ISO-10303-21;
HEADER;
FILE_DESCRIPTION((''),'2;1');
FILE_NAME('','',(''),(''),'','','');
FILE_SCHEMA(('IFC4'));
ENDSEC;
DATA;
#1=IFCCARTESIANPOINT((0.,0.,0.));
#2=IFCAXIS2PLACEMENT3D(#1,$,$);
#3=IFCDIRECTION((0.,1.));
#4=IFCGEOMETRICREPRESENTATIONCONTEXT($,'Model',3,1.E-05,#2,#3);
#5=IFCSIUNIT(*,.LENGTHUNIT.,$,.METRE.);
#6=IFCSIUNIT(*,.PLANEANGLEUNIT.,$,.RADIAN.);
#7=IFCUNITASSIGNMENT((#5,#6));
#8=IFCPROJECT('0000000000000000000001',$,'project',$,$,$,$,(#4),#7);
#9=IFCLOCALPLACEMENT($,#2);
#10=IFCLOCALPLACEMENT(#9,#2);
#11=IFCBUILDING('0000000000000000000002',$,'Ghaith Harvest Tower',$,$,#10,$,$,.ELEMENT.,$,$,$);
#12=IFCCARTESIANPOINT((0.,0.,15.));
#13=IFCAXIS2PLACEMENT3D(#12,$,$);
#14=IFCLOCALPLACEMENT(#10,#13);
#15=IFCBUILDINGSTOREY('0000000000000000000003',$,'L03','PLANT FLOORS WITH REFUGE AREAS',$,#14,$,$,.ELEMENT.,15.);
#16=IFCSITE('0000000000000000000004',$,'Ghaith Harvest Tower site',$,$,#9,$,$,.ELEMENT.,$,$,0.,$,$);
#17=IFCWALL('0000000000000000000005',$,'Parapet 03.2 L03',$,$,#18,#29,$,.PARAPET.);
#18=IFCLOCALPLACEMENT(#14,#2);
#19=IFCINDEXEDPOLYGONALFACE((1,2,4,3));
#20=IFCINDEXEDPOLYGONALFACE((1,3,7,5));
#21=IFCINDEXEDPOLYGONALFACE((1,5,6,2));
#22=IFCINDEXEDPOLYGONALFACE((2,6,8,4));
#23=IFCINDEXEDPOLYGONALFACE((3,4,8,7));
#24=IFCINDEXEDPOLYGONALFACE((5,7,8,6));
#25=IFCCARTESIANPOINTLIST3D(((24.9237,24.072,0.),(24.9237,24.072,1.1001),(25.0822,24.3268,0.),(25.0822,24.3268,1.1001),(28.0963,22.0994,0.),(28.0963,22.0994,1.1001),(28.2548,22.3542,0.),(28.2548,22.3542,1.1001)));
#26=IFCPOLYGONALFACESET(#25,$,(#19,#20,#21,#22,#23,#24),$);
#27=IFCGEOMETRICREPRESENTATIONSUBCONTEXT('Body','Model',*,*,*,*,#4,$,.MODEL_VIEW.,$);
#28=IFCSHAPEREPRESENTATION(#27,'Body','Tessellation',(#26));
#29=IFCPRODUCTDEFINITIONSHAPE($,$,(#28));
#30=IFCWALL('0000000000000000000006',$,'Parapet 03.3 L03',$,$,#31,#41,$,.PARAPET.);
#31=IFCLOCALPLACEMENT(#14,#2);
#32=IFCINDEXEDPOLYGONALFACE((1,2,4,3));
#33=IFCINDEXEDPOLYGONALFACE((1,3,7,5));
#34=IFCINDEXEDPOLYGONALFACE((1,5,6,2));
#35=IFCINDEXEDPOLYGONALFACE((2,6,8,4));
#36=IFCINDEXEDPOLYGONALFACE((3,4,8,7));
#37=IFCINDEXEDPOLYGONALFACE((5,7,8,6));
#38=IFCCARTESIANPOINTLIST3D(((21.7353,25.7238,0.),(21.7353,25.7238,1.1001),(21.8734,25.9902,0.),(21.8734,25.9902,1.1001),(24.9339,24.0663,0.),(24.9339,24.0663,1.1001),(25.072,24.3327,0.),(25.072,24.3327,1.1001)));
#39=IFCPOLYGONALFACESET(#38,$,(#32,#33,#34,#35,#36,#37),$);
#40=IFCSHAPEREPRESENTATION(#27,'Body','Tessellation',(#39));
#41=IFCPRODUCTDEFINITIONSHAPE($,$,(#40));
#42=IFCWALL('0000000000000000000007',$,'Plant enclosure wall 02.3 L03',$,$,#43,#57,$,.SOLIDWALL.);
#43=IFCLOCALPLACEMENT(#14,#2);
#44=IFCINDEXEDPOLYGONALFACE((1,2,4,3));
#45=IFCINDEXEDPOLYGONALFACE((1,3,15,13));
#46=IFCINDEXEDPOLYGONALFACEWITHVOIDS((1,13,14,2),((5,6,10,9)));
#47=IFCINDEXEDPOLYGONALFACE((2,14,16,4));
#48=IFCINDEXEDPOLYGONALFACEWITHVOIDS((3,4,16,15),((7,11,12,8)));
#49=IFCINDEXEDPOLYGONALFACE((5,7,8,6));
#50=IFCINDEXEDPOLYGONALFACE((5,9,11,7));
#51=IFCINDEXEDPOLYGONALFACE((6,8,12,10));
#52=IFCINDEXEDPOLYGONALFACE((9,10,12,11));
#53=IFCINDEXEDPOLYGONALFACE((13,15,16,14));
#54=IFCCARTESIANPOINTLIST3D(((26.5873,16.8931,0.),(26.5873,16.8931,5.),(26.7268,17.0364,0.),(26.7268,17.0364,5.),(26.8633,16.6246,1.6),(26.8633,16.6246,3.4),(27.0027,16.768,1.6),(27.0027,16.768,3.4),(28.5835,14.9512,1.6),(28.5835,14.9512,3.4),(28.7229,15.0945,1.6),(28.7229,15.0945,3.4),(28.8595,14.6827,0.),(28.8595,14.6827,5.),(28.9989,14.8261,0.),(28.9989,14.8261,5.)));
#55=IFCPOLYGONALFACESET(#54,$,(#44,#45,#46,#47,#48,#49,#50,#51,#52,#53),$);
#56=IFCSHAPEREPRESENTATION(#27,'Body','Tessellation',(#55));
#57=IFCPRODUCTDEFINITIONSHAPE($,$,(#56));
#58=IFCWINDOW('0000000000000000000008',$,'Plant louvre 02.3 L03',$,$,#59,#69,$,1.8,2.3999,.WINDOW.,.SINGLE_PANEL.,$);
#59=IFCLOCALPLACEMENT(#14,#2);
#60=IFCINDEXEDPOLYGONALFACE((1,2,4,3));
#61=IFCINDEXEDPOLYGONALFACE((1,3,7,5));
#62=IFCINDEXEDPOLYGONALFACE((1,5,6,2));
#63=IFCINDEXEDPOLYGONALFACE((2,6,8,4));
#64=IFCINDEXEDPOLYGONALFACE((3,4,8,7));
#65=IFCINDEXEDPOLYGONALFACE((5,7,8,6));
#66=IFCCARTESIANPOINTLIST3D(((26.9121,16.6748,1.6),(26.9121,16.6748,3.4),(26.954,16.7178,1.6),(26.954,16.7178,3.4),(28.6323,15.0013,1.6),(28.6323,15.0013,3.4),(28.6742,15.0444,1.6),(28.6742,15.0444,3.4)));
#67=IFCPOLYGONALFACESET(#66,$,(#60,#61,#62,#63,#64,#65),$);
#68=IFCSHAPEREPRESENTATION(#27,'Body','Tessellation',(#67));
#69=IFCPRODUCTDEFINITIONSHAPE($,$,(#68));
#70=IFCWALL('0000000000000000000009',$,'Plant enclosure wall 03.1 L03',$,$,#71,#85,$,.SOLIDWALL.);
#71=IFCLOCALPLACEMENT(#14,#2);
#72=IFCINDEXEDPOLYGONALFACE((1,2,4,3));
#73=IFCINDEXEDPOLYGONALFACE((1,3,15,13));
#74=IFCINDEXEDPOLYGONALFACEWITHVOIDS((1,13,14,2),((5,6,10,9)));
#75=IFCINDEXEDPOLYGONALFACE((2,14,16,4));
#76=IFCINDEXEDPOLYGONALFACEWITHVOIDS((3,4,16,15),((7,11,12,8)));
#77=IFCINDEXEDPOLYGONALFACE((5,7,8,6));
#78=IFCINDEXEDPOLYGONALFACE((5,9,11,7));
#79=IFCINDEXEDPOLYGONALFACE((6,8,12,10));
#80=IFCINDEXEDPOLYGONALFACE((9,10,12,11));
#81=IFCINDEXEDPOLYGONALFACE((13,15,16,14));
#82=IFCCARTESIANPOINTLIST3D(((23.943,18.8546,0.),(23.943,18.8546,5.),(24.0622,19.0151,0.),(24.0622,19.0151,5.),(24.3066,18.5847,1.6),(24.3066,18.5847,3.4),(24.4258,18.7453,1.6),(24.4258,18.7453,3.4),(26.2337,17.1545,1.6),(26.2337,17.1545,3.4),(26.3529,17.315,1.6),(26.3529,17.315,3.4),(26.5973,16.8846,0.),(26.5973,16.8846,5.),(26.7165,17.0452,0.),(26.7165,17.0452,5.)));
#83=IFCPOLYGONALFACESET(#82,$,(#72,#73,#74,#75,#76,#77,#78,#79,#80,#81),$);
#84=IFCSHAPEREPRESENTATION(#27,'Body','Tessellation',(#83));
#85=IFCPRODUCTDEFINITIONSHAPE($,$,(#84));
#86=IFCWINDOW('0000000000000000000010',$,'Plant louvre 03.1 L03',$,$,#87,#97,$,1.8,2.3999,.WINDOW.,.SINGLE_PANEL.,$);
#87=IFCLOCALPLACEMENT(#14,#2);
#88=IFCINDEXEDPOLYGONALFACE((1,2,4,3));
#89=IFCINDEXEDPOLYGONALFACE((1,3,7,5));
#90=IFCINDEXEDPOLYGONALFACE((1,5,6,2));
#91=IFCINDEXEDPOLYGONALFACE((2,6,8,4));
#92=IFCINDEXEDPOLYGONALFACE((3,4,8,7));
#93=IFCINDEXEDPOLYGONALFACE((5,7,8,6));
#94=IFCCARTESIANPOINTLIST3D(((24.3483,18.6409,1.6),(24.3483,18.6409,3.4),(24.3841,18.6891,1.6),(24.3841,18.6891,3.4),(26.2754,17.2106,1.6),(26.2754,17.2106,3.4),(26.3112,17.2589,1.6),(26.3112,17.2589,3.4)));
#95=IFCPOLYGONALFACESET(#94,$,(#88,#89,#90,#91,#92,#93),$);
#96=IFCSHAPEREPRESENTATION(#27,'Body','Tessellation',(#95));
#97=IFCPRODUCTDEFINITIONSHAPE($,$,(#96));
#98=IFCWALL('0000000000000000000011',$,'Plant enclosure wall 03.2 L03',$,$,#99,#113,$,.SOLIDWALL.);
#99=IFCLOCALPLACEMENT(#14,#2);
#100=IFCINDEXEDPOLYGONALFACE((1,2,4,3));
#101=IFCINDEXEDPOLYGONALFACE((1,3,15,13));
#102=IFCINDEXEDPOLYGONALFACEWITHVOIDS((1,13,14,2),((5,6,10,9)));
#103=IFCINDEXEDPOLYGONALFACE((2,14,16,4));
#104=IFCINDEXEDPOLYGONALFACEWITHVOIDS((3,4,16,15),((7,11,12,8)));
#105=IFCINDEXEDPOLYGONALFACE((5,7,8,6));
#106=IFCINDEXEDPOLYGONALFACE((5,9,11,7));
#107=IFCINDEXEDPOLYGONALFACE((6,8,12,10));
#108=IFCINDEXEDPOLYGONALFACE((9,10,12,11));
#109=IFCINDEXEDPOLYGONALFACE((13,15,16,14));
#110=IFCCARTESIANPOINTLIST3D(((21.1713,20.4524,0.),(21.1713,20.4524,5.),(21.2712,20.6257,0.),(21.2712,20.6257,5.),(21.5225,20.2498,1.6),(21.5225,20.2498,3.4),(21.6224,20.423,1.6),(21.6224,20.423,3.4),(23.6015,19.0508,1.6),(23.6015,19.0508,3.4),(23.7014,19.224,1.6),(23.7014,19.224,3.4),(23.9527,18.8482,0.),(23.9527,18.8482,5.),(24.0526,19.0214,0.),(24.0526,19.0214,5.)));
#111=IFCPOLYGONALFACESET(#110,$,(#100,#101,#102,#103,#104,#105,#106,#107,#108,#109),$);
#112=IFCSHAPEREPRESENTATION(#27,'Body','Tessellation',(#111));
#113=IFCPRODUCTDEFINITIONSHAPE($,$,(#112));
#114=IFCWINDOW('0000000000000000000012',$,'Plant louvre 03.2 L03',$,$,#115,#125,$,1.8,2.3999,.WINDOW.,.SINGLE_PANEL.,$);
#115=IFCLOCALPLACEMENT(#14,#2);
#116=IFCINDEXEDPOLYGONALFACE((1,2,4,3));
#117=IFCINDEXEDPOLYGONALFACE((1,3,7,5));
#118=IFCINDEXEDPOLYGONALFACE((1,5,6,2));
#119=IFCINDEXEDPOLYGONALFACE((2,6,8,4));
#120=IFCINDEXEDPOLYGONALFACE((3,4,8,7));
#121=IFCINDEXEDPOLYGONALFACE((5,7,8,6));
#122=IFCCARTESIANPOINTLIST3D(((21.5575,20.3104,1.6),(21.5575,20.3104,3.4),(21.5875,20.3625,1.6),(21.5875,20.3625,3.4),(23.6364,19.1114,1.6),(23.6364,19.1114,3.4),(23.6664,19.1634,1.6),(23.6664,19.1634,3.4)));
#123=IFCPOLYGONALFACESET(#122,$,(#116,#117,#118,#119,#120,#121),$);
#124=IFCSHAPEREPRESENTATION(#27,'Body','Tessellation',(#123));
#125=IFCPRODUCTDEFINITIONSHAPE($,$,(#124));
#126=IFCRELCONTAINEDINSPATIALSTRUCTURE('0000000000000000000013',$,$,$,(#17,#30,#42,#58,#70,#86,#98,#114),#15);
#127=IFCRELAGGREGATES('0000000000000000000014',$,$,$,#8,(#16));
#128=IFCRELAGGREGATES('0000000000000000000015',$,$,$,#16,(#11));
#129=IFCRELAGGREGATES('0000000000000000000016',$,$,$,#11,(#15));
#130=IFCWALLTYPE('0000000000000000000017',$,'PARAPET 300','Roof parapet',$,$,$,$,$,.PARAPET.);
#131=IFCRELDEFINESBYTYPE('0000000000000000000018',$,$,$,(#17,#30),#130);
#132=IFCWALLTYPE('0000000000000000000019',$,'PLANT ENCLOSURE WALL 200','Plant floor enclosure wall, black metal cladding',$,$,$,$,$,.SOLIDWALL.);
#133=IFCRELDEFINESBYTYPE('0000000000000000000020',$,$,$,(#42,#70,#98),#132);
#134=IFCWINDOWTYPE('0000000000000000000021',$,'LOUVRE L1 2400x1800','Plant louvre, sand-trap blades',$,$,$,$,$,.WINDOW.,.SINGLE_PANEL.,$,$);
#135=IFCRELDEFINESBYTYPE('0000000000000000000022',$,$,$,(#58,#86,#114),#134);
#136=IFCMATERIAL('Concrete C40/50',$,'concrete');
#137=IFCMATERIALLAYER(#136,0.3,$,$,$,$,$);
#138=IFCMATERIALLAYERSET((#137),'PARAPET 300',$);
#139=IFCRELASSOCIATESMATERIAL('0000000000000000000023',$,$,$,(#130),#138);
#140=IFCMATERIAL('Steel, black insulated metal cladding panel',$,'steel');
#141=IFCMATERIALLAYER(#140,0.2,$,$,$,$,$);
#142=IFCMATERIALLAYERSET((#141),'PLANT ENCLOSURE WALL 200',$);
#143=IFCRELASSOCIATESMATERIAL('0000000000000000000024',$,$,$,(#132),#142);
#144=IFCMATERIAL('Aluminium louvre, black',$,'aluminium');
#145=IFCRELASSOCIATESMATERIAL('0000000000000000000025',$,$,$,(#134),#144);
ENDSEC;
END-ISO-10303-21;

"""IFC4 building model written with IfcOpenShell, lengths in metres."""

from ifc_helpers import new_model, si_unit, direction, frame, frame_2d, origin, place, context, subcontext, project, spatial, rectangle, extrude, material, layer, layer_set, type_object, element, fill, save


model = new_model("IFC4")

# Units and contexts
model_context = context("Model", 3, precision=1e-05, world=origin(), true_north=direction((0.0, 1.0)))
body_context = subcontext(model_context, "Body", "Model", "MODEL_VIEW")
ifc_project = project(units=[si_unit("LENGTHUNIT", "METRE"), si_unit("PLANEANGLEUNIT", "RADIAN")], contexts=[model_context])

# Site, building, storey
site_placement = place(None, origin())
site = spatial("IfcSite", under=ifc_project, at=site_placement, Name="Ghaith Harvest Tower site", CompositionType="ELEMENT", RefElevation=0.0)
building_placement = place(site_placement, origin())
building = spatial("IfcBuilding", under=site, at=building_placement, Name="Ghaith Harvest Tower", CompositionType="ELEMENT")
storey_placement = place(building_placement, frame((0.0, 0.0, 15.0)))
storey = spatial("IfcBuildingStorey", under=building, at=storey_placement, Name="L03", Description="PLANT FLOORS WITH REFUGE AREAS", CompositionType="ELEMENT", Elevation=15.0)

# Walls
ifc_material_1 = material(Name="Concrete C40/50", Category="concrete")
ifc_layer_1 = layer(ifc_material_1, 0.3)
ifc_layer_set_1 = layer_set([ifc_layer_1], Name="PARAPET 300")
wall_type_1 = type_object("IfcWallType", Name="PARAPET 300", Description="Roof parapet", PredefinedType="PARAPET", material=ifc_layer_set_1)
wall_1_placement = place(storey_placement, frame((28.1755, 22.2268, 0.0), z_axis=(0.0, 0.0, 1.0), x_axis=(-0.849226, 0.52803, 0.0)))
element("IfcWall", 1, at=wall_1_placement, inside=storey, type_object=wall_type_1, Name="Parapet 03.2 L03", PredefinedType="PARAPET", context=body_context, shape_type="SweptSolid", body=[
    extrude(rectangle(XDim=3.7358, YDim=0.3, at=frame_2d((1.8679, 0.0))), origin(), (0.0, 0.0, 1.0), 1.1001),
])
wall_2_placement = place(storey_placement, frame((25.0029, 24.1995, 0.0), z_axis=(0.0, 0.0, 1.0), x_axis=(-0.887868, 0.460098, 0.0)))
element("IfcWall", 2, at=wall_2_placement, inside=storey, type_object=wall_type_1, Name="Parapet 03.3 L03", PredefinedType="PARAPET", context=body_context, shape_type="SweptSolid", body=[
    extrude(rectangle(XDim=3.6025, YDim=0.3, at=frame_2d((1.8013, 0.0))), origin(), (0.0, 0.0, 1.0), 1.1001),
])

# Walls, openings, windows
ifc_material_2 = material(Name="Steel, black insulated metal cladding panel", Category="steel")
ifc_layer_2 = layer(ifc_material_2, 0.2)
ifc_layer_set_2 = layer_set([ifc_layer_2], Name="PLANT ENCLOSURE WALL 200")
wall_type_2 = type_object("IfcWallType", Name="PLANT ENCLOSURE WALL 200", Description="Plant floor enclosure wall, black metal cladding", PredefinedType="SOLIDWALL", material=ifc_layer_set_2)
wall_3_placement = place(storey_placement, frame((28.9292, 14.7544, 0.0), z_axis=(0.0, 0.0, 1.0), x_axis=(-0.716782, 0.697297, 0.0)))
wall_3 = element("IfcWall", 3, at=wall_3_placement, inside=storey, type_object=wall_type_2, Name="Plant enclosure wall 02.3 L03", PredefinedType="SOLIDWALL", context=body_context, shape_type="SweptSolid", body=[
    extrude(rectangle(XDim=3.1699, YDim=0.2, at=frame_2d((1.585, 0.0))), origin(), (0.0, 0.0, 1.0), 5.0),
])
opening_1_placement = place(wall_3_placement, frame((0.385, 0.0, 1.6001)))
opening_1 = element("IfcOpeningElement", 4, at=opening_1_placement, cuts=wall_3, PredefinedType="OPENING", context=body_context, shape_type="SweptSolid", body=[
    extrude(rectangle(XDim=2.3999, YDim=1.8, at=frame_2d((1.2, 0.8999))), frame((0.0, 0.1099, 0.0), z_axis=(0.0, -1.0, 0.0), x_axis=(1.0, 0.0, 0.0)), (0.0, 0.0, 1.0), 0.22),
])
ifc_material_3 = material(Name="Aluminium louvre, black", Category="aluminium")
window_type = type_object("IfcWindowType", Name="LOUVRE L1 2400x1800", Description="Plant louvre, sand-trap blades", PartitioningType="SINGLE_PANEL", PredefinedType="WINDOW", material=ifc_material_3)
window_1_placement = place(opening_1_placement, origin())
window_1 = element("IfcWindow", 5, at=window_1_placement, inside=storey, type_object=window_type, Name="Plant louvre 02.3 L03", OverallHeight=1.8, OverallWidth=2.3999, PartitioningType="SINGLE_PANEL", PredefinedType="WINDOW", context=body_context, shape_type="SweptSolid", body=[
    extrude(rectangle(XDim=2.3999, YDim=1.8, at=frame_2d((1.2, 0.8999))), frame((0.0, 0.03, 0.0), z_axis=(0.0, -1.0, 0.0), x_axis=(1.0, 0.0, 0.0)), (0.0, 0.0, 1.0), 0.0601),
])
fill(opening_1, window_1)
wall_4_placement = place(storey_placement, frame((26.657, 16.9648, 0.0), z_axis=(0.0, 0.0, 1.0), x_axis=(-0.803003, 0.595974, 0.0)))
wall_4 = element("IfcWall", 6, at=wall_4_placement, inside=storey, type_object=wall_type_2, Name="Plant enclosure wall 03.1 L03", PredefinedType="SOLIDWALL", context=body_context, shape_type="SweptSolid", body=[
    extrude(rectangle(XDim=3.3054, YDim=0.2, at=frame_2d((1.6528, 0.0))), origin(), (0.0, 0.0, 1.0), 5.0),
])
opening_2_placement = place(wall_4_placement, frame((0.4529, 0.0, 1.6001)))
opening_2 = element("IfcOpeningElement", 7, at=opening_2_placement, cuts=wall_4, PredefinedType="OPENING", context=body_context, shape_type="SweptSolid", body=[
    extrude(rectangle(XDim=2.3999, YDim=1.8, at=frame_2d((1.2, 0.8999))), frame((0.0, 0.1099, 0.0), z_axis=(0.0, -1.0, 0.0), x_axis=(1.0, 0.0, 0.0)), (0.0, 0.0, 1.0), 0.22),
])
window_2_placement = place(opening_2_placement, origin())
window_2 = element("IfcWindow", 8, at=window_2_placement, inside=storey, type_object=window_type, Name="Plant louvre 03.1 L03", OverallHeight=1.8, OverallWidth=2.3999, PartitioningType="SINGLE_PANEL", PredefinedType="WINDOW", context=body_context, shape_type="SweptSolid", body=[
    extrude(rectangle(XDim=2.3999, YDim=1.8, at=frame_2d((1.2, 0.8999))), frame((0.0, 0.03, 0.0), z_axis=(0.0, -1.0, 0.0), x_axis=(1.0, 0.0, 0.0)), (0.0, 0.0, 1.0), 0.0601),
])
fill(opening_2, window_2)
wall_5_placement = place(storey_placement, frame((24.0027, 18.9348, 0.0), z_axis=(0.0, 0.0, 1.0), x_axis=(-0.866248, 0.499615, 0.0)))
wall_5 = element("IfcWall", 9, at=wall_5_placement, inside=storey, type_object=wall_type_2, Name="Plant enclosure wall 03.2 L03", PredefinedType="SOLIDWALL", context=body_context, shape_type="SweptSolid", body=[
    extrude(rectangle(XDim=3.2109, YDim=0.2, at=frame_2d((1.6055, 0.0))), origin(), (0.0, 0.0, 1.0), 5.0),
])
opening_3_placement = place(wall_5_placement, frame((0.4055, 0.0, 1.6001)))
opening_3 = element("IfcOpeningElement", 10, at=opening_3_placement, cuts=wall_5, PredefinedType="OPENING", context=body_context, shape_type="SweptSolid", body=[
    extrude(rectangle(XDim=2.3999, YDim=1.8, at=frame_2d((1.2, 0.8999))), frame((0.0, 0.1099, 0.0), z_axis=(0.0, -1.0, 0.0), x_axis=(1.0, 0.0, 0.0)), (0.0, 0.0, 1.0), 0.22),
])
window_3_placement = place(opening_3_placement, origin())
window_3 = element("IfcWindow", 11, at=window_3_placement, inside=storey, type_object=window_type, Name="Plant louvre 03.2 L03", OverallHeight=1.8, OverallWidth=2.3999, PartitioningType="SINGLE_PANEL", PredefinedType="WINDOW", context=body_context, shape_type="SweptSolid", body=[
    extrude(rectangle(XDim=2.3999, YDim=1.8, at=frame_2d((1.2, 0.8999))), frame((0.0, 0.03, 0.0), z_axis=(0.0, -1.0, 0.0), x_axis=(1.0, 0.0, 0.0)), (0.0, 0.0, 1.0), 0.0601),
])
fill(opening_3, window_3)

save(model, "model.ifc")
